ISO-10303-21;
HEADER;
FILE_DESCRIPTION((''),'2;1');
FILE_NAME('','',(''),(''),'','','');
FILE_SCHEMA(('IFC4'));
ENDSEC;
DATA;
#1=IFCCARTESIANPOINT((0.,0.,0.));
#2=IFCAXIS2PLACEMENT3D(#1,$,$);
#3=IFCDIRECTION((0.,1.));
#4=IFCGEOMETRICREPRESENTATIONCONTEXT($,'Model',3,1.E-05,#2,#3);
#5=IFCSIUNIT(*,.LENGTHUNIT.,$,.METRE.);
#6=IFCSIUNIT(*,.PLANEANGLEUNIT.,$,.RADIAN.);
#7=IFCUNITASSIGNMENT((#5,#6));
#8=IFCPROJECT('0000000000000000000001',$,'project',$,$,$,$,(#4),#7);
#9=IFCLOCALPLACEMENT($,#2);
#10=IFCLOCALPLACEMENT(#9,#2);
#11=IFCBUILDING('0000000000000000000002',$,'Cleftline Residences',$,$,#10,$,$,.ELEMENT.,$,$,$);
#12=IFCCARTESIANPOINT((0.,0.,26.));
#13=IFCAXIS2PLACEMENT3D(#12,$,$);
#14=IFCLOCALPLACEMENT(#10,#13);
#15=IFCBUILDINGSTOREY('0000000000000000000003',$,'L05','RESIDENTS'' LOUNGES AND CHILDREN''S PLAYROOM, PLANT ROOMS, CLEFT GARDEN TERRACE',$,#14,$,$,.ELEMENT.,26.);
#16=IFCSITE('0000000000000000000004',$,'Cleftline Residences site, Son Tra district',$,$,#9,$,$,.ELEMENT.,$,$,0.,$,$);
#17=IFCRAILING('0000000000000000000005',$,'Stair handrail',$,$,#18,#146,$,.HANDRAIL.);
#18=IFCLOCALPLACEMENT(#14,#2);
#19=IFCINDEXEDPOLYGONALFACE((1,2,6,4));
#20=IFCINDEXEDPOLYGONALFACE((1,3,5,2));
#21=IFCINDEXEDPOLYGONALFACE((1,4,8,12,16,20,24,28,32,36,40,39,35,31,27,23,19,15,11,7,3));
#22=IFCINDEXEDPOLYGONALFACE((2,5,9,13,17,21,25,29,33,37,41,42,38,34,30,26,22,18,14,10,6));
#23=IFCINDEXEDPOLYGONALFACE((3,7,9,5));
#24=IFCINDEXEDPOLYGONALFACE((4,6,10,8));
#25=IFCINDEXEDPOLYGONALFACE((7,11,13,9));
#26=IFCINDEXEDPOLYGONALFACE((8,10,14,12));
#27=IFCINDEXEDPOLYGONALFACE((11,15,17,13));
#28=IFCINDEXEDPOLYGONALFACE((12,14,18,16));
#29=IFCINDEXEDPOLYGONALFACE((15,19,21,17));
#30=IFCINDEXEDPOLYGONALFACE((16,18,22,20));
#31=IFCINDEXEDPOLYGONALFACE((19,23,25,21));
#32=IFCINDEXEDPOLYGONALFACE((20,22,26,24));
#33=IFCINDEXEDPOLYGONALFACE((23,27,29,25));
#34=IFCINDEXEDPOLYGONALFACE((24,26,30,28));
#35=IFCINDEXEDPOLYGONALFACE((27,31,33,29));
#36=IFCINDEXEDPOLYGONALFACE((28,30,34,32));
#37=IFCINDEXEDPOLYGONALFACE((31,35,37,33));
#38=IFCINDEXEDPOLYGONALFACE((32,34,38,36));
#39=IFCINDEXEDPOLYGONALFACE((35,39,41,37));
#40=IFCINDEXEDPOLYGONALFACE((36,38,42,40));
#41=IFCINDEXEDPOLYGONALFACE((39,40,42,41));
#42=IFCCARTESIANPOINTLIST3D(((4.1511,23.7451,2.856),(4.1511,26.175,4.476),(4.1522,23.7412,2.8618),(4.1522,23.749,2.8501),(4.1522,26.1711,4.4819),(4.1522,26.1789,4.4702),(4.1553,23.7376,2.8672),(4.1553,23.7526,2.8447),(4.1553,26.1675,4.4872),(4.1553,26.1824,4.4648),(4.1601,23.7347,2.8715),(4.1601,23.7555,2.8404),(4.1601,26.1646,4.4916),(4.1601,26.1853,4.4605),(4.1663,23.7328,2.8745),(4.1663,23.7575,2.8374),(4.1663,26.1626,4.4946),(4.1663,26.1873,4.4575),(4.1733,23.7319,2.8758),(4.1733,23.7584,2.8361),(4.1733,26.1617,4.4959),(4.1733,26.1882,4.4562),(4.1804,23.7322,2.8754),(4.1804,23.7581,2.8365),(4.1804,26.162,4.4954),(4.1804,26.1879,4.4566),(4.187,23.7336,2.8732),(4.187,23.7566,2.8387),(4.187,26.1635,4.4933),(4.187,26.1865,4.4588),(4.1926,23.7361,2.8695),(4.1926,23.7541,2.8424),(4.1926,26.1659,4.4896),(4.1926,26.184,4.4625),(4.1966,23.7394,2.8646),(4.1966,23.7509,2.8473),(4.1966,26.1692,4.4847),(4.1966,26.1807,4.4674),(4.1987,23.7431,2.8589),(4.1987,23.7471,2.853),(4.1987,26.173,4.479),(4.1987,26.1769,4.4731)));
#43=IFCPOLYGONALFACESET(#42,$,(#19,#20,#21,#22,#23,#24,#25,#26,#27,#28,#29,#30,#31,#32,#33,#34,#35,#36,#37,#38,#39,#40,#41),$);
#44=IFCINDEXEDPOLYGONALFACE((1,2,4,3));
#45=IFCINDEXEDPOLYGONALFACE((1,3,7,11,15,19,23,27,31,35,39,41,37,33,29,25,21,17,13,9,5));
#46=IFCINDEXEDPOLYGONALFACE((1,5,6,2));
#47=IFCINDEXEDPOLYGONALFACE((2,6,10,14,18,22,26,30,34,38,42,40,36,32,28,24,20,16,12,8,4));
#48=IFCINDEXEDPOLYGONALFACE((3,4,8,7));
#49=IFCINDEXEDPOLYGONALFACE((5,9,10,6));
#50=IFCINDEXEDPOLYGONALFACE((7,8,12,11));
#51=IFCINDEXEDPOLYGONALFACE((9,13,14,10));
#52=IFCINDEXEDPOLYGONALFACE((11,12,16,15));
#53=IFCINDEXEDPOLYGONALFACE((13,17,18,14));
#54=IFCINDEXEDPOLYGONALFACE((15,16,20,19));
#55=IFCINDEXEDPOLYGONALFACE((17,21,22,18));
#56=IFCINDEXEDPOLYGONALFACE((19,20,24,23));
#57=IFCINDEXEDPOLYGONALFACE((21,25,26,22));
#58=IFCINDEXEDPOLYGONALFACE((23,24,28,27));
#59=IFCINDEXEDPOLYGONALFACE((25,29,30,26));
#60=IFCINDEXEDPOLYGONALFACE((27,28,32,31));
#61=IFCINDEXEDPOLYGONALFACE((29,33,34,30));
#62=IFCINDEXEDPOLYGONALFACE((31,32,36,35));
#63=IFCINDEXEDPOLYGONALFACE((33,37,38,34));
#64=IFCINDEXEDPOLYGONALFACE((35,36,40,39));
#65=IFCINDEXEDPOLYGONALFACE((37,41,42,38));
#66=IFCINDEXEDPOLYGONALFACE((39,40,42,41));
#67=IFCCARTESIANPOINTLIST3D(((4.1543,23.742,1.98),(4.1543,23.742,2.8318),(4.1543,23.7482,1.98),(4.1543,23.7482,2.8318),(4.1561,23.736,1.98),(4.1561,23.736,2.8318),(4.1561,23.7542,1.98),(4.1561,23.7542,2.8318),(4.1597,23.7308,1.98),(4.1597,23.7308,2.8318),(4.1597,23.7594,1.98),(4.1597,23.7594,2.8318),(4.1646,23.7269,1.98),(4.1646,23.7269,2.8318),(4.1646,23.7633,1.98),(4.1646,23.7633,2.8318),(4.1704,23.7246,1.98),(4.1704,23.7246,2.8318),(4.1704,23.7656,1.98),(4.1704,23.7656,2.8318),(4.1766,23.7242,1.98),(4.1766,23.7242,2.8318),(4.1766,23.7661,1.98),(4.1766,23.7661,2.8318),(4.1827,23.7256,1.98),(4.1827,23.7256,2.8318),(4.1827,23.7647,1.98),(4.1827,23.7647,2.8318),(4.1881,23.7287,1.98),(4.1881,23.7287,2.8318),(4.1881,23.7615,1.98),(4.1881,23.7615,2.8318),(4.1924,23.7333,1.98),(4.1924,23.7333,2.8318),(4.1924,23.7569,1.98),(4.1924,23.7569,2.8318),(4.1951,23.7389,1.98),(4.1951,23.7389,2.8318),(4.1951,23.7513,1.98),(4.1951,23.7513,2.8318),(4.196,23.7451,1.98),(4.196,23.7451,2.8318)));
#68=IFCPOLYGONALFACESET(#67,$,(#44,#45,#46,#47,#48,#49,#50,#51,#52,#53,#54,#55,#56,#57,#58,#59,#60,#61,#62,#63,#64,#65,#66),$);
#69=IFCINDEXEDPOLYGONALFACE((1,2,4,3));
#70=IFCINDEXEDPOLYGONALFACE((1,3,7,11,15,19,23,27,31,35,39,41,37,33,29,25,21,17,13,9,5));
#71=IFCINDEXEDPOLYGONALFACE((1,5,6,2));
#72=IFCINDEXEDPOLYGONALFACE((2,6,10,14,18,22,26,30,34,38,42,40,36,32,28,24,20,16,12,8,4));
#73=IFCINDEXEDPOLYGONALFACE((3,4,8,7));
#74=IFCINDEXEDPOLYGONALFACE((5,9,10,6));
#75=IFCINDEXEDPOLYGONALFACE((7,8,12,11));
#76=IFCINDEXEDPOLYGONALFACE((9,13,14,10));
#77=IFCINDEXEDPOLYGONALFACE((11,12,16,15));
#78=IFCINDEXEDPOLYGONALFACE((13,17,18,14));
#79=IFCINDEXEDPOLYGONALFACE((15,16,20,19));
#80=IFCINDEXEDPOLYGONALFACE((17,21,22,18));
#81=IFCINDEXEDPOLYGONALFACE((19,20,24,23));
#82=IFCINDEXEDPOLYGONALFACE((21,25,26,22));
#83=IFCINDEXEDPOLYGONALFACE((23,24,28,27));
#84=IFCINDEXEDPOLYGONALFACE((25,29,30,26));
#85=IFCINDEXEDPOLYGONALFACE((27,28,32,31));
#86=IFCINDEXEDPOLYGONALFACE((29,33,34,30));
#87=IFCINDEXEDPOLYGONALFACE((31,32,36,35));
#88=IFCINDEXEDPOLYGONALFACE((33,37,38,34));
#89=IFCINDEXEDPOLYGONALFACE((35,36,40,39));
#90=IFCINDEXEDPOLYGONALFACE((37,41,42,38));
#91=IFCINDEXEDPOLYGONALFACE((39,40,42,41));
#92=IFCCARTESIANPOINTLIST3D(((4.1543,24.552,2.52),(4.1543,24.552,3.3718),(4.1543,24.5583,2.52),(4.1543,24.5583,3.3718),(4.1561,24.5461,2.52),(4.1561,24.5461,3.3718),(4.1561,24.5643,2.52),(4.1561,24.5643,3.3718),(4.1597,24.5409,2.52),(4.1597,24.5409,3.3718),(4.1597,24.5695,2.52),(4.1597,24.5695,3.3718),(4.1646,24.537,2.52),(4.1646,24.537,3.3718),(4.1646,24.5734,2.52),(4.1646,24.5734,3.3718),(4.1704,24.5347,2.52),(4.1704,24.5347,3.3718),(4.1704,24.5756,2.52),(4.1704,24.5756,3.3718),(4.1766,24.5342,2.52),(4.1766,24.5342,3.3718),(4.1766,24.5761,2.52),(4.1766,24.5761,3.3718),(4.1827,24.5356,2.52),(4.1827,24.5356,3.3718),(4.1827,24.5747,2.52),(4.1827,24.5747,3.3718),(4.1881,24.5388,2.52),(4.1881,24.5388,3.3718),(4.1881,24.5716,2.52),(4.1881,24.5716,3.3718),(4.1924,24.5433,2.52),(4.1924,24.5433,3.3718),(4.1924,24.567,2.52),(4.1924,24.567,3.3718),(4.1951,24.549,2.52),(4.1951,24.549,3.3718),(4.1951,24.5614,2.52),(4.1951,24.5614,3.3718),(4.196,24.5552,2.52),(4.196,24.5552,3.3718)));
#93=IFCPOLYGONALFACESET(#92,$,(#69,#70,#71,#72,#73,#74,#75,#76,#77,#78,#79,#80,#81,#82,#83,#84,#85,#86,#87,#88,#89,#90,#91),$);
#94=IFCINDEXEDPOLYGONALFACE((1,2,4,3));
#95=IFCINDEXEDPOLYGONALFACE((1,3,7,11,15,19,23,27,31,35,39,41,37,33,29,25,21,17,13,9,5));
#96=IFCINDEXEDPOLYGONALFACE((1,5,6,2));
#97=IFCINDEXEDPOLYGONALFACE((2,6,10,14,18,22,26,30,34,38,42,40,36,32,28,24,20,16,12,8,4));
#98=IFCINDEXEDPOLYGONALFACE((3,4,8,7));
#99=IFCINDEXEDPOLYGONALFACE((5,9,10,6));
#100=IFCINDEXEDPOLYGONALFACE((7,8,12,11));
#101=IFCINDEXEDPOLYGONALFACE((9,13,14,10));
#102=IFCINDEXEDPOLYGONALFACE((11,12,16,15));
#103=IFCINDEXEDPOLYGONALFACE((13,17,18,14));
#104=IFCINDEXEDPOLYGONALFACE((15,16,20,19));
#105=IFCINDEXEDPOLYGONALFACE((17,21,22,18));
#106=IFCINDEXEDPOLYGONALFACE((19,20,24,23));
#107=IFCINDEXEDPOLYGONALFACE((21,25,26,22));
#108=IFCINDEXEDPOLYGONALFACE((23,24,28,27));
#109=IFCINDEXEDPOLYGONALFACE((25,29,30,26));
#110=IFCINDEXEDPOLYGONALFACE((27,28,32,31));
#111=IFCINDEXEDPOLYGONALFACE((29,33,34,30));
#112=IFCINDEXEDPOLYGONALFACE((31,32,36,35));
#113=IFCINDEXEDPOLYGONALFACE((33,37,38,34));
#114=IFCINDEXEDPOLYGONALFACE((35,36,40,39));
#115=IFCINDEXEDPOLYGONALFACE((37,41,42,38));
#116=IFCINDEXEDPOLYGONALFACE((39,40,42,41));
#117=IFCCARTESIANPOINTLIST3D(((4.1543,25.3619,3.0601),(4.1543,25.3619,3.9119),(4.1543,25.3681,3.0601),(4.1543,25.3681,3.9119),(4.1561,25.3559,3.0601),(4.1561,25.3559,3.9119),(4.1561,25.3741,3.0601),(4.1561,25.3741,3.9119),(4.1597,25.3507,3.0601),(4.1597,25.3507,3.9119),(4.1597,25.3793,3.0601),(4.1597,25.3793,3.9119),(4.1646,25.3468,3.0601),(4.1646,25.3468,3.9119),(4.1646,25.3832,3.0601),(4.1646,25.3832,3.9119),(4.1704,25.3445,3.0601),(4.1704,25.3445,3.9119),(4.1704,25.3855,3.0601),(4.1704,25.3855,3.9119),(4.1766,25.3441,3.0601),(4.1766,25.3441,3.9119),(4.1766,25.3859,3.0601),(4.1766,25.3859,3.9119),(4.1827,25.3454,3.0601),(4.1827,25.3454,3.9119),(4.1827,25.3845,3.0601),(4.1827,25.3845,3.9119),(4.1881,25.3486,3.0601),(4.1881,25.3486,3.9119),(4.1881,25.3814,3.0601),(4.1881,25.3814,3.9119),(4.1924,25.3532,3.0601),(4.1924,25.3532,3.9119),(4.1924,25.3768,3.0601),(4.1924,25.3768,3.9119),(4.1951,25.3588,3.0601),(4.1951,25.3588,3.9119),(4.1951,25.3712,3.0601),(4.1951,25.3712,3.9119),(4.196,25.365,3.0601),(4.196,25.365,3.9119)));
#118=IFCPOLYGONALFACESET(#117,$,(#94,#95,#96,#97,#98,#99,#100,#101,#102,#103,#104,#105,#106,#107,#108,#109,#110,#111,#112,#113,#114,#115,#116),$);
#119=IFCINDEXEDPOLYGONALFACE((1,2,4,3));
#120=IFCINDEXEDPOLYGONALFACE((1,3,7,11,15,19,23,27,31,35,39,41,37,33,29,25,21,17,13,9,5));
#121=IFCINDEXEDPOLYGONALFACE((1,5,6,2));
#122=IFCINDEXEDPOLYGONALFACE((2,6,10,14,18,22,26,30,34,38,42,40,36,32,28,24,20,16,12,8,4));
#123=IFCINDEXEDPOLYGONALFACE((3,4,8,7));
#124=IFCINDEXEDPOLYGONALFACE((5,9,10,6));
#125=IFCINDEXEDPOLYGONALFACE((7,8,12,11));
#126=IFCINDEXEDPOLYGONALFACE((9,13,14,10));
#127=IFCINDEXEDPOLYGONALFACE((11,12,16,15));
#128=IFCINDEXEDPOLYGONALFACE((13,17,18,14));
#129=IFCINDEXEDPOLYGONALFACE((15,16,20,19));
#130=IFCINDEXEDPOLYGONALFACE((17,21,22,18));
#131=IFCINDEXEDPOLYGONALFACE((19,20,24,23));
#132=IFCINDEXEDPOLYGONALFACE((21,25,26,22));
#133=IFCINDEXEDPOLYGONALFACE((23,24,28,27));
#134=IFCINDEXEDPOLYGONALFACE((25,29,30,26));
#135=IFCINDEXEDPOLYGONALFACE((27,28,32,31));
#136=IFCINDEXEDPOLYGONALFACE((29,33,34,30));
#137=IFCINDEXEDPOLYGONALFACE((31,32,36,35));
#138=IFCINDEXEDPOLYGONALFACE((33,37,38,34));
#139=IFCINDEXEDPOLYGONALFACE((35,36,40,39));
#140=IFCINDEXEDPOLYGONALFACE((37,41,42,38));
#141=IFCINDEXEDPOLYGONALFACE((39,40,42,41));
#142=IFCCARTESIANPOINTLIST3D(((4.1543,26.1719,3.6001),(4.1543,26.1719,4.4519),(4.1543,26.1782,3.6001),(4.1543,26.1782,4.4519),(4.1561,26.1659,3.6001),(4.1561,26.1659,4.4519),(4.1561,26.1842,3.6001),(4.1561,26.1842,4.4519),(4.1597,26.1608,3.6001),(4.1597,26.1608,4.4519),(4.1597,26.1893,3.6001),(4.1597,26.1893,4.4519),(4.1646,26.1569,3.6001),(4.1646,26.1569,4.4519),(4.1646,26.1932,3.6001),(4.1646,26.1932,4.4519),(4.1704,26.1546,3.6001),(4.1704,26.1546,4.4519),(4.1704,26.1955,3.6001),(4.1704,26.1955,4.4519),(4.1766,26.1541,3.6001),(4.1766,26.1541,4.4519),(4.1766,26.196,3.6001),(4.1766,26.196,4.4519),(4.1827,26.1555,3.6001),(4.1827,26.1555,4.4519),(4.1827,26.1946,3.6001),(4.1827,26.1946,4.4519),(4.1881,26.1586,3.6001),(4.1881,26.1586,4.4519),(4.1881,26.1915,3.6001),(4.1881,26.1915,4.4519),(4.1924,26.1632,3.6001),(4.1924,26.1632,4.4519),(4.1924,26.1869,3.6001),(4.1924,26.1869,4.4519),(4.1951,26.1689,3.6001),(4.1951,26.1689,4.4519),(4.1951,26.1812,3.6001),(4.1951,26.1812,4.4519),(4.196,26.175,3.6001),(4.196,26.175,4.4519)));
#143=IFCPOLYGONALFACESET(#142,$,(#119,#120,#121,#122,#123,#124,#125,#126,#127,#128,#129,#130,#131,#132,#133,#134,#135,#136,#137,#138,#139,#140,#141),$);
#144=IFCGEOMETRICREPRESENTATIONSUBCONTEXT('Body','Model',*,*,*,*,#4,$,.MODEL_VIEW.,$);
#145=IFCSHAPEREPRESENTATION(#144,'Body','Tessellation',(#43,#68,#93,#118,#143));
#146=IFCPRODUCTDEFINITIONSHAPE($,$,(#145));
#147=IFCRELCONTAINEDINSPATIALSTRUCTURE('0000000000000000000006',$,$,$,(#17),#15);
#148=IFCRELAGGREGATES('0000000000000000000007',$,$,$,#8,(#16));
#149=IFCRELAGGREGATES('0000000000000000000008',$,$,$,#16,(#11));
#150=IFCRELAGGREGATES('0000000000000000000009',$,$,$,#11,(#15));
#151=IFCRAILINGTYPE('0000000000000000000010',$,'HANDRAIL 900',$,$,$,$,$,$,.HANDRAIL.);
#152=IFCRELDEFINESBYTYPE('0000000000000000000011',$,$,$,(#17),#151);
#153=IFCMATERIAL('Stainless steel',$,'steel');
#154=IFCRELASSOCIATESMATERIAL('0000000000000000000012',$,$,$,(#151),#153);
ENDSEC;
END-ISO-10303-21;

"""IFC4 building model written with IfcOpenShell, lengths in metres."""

from ifc_helpers import new_model, si_unit, direction, frame, origin, origin_2d, place, context, subcontext, project, spatial, circle, extrude, material, type_object, element, save


model = new_model("IFC4")

# Units and contexts
model_context = context("Model", 3, precision=1e-05, world=origin(), true_north=direction((0.0, 1.0)))
body_context = subcontext(model_context, "Body", "Model", "MODEL_VIEW")
ifc_project = project(units=[si_unit("LENGTHUNIT", "METRE"), si_unit("PLANEANGLEUNIT", "RADIAN")], contexts=[model_context])

# Site, building, storey
site_placement = place(None, origin())
site = spatial("IfcSite", under=ifc_project, at=site_placement, Name="Cleftline Residences site, Son Tra district", CompositionType="ELEMENT", RefElevation=0.0)
building_placement = place(site_placement, origin())
building = spatial("IfcBuilding", under=site, at=building_placement, Name="Cleftline Residences", CompositionType="ELEMENT")
storey_placement = place(building_placement, frame((0.0, 0.0, 26.0)))
storey = spatial("IfcBuildingStorey", under=building, at=storey_placement, Name="L05", Description="RESIDENTS' LOUNGES AND CHILDREN'S PLAYROOM, PLANT ROOMS, CLEFT GARDEN TERRACE", CompositionType="ELEMENT", Elevation=26.0)

# Railing
ifc_material_1 = material(Name="Stainless steel", Category="steel")
railing_type = type_object("IfcRailingType", Name="HANDRAIL 900", PredefinedType="HANDRAIL", material=ifc_material_1)
railing_1_placement = place(storey_placement, frame((4.175, 23.7451, 1.98)))
element("IfcRailing", 1, at=railing_1_placement, inside=storey, type_object=railing_type, Name="Stair handrail", PredefinedType="HANDRAIL", context=body_context, shape_type="SweptSolid", body=[
    extrude(circle(Radius=0.0239, at=origin_2d()), frame((0.0, 0.0, 0.876), z_axis=(0.0, 0.832025, 0.554739), x_axis=(-1.0, 0.0, 0.0)), (0.0, 0.0, 1.0), 2.9204),
    extrude(circle(Radius=0.021, at=origin_2d()), origin(), (0.0, 0.0, 1.0), 0.8518),
    extrude(circle(Radius=0.021, at=origin_2d()), frame((0.0, 0.8101, 0.54)), (0.0, 0.0, 1.0), 0.8518),
    extrude(circle(Radius=0.021, at=origin_2d()), frame((0.0, 1.6199, 1.0801)), (0.0, 0.0, 1.0), 0.8518),
    extrude(circle(Radius=0.021, at=origin_2d()), frame((0.0, 2.4299, 1.6201)), (0.0, 0.0, 1.0), 0.8518),
])

save(model, "model.ifc")
